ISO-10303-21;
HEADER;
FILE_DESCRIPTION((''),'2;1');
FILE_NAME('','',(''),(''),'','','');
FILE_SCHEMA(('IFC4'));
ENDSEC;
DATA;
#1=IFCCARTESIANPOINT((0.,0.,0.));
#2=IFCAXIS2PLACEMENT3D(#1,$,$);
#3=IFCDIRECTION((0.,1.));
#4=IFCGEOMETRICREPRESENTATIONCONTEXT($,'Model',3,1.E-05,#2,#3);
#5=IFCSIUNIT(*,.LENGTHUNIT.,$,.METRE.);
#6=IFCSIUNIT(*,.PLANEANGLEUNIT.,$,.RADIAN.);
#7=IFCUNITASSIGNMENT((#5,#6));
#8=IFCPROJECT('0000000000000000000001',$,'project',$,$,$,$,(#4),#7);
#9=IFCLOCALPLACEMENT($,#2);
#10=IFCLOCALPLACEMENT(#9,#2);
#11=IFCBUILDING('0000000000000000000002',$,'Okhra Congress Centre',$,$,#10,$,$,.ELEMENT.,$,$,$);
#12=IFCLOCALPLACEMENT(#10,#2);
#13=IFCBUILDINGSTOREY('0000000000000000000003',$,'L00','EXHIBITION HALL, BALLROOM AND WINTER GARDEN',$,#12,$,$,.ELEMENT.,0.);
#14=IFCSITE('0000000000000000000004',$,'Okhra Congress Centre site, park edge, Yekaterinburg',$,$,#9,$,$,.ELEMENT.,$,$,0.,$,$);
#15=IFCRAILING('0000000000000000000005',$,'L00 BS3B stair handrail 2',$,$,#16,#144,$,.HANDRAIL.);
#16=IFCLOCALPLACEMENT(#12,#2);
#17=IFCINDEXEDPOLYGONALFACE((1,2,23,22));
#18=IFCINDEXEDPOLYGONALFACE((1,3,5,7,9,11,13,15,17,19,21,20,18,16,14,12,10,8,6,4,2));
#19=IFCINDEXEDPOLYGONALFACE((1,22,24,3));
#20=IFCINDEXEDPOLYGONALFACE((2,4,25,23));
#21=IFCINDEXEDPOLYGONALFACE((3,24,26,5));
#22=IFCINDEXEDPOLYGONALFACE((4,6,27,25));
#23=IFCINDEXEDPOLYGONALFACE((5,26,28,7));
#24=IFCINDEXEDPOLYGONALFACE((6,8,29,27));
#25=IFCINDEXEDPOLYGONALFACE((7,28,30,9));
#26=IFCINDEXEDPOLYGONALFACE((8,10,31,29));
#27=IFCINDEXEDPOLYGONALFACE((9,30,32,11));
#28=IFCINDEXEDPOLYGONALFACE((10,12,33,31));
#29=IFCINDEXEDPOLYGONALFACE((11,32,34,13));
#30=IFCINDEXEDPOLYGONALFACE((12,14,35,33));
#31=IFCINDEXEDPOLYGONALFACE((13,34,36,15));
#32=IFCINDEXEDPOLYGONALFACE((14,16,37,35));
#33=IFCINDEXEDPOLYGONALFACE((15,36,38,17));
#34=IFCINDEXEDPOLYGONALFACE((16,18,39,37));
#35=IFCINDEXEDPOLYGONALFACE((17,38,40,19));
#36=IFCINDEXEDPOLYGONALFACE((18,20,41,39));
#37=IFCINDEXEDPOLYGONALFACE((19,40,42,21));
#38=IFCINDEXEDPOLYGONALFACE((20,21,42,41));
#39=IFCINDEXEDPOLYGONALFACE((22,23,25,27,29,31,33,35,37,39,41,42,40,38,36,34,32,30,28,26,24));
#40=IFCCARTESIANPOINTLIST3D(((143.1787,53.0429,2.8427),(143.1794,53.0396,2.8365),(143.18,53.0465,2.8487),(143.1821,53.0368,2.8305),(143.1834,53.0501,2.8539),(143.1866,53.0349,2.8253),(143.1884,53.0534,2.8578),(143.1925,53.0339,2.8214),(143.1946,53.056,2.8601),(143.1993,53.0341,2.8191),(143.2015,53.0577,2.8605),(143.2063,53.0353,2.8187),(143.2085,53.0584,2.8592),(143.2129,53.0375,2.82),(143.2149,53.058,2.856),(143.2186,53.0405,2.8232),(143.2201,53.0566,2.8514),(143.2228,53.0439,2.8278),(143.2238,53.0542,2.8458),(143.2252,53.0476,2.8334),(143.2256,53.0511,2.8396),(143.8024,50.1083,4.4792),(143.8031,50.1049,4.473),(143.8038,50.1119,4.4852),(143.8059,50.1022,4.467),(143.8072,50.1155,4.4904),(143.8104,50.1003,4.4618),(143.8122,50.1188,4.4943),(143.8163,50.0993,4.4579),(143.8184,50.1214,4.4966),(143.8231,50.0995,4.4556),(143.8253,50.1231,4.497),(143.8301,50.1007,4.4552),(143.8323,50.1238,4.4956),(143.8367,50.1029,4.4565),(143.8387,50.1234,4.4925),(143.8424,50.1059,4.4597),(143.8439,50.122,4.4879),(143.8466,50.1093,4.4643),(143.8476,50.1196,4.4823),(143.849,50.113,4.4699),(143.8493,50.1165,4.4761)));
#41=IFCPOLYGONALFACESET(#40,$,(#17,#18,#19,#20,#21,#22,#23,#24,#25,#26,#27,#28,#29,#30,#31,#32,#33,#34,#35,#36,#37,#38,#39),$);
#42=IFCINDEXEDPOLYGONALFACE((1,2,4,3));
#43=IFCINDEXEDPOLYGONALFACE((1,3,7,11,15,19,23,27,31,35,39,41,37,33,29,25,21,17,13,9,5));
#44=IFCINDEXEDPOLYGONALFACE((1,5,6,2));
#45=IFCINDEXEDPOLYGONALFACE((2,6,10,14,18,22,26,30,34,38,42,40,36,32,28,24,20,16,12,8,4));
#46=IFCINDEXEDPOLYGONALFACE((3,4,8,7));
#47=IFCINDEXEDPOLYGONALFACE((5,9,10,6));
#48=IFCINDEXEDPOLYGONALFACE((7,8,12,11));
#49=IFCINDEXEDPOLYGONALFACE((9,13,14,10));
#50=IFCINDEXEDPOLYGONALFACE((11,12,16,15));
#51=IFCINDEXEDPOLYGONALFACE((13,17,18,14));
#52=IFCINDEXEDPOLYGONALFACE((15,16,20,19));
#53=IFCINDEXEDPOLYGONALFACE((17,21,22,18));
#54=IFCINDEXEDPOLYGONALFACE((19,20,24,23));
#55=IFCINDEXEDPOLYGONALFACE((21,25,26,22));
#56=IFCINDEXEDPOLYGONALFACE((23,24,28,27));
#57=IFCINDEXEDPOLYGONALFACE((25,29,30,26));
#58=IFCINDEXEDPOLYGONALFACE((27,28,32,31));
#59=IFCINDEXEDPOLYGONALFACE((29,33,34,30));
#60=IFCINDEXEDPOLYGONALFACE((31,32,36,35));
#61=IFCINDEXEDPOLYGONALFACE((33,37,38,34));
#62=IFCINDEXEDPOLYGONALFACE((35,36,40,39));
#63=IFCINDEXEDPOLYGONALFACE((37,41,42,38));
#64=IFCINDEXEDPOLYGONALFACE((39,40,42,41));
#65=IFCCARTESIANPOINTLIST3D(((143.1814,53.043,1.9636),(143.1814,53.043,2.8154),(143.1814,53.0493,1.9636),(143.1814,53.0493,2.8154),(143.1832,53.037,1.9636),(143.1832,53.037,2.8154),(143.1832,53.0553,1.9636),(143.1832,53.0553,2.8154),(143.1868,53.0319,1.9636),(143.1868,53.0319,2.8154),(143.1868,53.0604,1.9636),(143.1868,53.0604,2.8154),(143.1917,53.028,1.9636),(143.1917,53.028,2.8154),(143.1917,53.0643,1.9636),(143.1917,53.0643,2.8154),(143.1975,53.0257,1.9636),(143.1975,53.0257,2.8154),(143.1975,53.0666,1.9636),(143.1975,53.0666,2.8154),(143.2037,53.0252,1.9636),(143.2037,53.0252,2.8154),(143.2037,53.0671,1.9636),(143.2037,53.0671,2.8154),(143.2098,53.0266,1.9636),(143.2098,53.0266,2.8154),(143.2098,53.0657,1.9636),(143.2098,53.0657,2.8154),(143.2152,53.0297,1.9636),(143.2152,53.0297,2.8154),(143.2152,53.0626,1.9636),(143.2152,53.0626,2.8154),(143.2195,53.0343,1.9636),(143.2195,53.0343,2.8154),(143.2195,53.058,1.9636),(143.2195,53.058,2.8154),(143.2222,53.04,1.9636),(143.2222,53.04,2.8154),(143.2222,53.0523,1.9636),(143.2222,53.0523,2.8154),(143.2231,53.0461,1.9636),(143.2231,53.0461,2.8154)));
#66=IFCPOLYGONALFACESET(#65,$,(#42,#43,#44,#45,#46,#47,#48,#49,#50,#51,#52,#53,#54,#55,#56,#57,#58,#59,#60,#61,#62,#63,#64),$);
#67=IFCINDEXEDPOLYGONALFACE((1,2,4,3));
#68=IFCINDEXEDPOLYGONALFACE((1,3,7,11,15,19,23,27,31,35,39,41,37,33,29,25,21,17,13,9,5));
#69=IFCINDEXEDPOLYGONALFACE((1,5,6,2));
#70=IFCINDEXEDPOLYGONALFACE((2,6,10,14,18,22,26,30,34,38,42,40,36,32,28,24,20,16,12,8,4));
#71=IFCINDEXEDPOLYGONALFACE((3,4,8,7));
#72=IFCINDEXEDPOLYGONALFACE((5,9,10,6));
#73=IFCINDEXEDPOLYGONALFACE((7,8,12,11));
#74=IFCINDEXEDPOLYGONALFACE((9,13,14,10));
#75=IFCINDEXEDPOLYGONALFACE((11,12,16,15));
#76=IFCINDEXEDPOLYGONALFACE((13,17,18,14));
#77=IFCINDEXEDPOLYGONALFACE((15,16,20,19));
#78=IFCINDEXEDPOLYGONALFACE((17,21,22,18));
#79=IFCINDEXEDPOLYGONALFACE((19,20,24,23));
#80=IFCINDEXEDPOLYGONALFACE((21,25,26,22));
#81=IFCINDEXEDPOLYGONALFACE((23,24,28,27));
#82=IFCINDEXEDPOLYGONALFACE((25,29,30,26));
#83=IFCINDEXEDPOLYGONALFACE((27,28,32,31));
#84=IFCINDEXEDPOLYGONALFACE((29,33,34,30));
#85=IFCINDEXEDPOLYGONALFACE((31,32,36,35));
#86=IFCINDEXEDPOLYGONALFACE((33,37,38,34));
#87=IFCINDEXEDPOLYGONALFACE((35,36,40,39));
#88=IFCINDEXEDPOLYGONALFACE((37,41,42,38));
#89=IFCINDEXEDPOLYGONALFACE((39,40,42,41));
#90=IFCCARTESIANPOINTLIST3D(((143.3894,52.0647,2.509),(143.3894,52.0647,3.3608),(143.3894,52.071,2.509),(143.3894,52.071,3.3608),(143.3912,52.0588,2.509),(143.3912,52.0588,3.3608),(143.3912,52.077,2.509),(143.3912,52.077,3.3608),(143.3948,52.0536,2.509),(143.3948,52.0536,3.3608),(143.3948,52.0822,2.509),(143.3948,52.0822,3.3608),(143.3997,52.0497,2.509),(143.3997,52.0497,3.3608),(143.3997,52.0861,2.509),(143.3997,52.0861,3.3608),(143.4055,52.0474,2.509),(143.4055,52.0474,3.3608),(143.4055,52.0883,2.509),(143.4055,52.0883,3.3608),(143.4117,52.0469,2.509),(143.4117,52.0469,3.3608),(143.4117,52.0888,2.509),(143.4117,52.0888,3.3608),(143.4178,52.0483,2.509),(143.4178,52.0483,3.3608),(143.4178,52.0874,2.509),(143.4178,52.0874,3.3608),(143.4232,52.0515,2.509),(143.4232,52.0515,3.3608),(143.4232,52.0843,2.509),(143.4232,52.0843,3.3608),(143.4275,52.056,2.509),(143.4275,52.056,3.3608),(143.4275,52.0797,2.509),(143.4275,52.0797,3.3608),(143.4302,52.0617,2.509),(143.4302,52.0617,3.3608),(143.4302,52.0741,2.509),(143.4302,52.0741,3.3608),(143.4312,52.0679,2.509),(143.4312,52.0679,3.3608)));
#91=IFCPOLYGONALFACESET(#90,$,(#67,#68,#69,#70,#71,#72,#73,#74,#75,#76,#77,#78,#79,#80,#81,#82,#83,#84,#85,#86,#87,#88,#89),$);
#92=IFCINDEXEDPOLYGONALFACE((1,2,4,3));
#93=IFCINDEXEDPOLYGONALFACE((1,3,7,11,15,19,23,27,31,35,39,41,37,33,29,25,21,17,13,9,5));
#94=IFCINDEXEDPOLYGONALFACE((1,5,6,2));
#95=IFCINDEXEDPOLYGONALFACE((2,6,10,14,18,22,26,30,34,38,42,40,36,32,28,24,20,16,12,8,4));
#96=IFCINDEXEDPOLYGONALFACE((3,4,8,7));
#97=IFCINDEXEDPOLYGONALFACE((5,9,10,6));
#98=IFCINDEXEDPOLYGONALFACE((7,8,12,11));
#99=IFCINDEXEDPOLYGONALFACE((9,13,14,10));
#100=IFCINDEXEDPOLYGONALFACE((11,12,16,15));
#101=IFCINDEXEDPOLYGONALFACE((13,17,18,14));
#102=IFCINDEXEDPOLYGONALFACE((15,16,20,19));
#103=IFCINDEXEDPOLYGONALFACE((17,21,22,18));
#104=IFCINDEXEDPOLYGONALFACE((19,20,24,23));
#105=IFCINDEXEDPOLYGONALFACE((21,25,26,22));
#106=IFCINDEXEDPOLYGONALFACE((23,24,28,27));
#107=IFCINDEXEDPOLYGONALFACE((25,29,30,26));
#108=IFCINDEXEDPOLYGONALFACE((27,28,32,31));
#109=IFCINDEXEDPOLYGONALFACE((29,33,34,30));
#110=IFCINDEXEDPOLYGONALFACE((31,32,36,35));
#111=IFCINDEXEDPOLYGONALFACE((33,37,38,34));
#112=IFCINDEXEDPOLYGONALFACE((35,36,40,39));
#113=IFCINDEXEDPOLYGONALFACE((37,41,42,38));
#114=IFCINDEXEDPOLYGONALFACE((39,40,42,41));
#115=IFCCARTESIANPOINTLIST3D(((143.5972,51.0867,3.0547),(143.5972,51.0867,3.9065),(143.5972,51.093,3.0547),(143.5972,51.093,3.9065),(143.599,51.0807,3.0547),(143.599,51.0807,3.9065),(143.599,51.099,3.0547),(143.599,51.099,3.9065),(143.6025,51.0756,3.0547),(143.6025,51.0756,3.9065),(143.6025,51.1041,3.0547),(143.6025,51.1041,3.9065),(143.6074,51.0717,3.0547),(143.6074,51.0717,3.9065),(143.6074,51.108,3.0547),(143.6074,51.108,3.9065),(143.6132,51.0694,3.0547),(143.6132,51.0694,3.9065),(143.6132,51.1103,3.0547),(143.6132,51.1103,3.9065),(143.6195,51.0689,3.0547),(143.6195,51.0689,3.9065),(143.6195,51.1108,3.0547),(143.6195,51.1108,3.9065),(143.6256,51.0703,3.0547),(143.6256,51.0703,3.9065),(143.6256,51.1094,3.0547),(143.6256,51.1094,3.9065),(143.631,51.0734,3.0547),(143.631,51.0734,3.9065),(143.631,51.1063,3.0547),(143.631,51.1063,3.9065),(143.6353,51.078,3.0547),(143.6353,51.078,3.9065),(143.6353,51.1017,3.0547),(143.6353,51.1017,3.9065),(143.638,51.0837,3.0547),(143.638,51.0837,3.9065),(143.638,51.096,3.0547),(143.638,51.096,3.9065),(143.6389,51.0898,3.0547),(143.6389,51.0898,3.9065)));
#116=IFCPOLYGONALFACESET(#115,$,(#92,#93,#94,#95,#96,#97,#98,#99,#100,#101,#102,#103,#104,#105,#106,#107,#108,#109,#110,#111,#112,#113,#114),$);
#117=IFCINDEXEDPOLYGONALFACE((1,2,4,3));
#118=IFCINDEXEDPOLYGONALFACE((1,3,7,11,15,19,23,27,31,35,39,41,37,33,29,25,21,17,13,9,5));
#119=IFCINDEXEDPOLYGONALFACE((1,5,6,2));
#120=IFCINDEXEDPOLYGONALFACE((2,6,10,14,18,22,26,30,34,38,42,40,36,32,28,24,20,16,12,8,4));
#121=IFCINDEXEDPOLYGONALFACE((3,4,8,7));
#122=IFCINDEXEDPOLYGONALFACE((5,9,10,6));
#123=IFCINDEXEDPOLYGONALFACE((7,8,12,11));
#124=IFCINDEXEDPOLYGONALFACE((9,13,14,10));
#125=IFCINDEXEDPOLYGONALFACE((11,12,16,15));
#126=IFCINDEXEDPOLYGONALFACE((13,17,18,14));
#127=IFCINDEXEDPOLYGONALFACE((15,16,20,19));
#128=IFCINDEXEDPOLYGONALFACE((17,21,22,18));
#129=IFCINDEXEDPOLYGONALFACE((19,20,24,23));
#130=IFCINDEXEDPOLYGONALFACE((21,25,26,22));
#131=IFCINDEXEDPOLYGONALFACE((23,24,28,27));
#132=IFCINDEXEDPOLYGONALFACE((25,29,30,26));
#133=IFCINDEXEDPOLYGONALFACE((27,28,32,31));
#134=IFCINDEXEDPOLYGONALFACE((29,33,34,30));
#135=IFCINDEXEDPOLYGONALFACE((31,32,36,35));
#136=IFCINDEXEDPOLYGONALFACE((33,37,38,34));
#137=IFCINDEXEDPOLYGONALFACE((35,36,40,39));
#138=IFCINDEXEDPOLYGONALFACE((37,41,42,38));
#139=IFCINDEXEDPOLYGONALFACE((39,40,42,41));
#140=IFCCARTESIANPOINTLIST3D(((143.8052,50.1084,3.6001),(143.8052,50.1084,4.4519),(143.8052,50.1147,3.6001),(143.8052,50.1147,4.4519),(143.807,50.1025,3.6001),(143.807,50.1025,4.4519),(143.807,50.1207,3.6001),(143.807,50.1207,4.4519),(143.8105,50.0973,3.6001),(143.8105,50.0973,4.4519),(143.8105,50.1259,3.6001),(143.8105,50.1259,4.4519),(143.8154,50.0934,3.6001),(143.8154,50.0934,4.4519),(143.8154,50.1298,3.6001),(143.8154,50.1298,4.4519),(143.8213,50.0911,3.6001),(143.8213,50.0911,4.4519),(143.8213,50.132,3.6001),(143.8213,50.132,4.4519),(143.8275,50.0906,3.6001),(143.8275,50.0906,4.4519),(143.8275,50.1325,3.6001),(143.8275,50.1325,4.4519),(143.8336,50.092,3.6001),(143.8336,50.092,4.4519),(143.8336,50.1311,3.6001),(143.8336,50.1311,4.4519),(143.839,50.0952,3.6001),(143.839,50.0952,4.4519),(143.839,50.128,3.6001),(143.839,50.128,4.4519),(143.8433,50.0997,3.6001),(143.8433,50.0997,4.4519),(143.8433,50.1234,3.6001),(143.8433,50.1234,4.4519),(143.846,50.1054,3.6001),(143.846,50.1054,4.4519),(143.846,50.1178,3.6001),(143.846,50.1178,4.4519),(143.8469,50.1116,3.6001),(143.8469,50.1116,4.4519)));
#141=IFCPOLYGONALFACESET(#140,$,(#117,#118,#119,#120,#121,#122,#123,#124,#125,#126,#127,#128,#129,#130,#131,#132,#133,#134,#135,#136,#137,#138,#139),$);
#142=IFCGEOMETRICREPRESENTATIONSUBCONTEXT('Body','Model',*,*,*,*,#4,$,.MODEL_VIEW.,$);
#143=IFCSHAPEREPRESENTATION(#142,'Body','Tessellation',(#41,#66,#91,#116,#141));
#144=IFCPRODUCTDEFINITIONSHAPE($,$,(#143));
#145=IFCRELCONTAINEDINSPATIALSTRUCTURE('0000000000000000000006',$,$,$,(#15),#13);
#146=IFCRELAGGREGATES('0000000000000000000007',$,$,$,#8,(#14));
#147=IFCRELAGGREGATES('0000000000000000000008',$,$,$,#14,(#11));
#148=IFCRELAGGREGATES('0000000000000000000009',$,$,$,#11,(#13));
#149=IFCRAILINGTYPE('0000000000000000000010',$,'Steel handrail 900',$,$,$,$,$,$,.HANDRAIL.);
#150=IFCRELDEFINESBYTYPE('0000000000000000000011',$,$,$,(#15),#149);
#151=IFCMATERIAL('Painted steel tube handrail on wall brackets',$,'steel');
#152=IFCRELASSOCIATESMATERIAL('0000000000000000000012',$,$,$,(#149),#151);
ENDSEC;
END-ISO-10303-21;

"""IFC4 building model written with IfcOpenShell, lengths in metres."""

from ifc_helpers import new_model, si_unit, direction, frame, origin, origin_2d, place, context, subcontext, project, spatial, circle, extrude, material, type_object, element, save


model = new_model("IFC4")

# Units and contexts
model_context = context("Model", 3, precision=1e-05, world=origin(), true_north=direction((0.0, 1.0)))
body_context = subcontext(model_context, "Body", "Model", "MODEL_VIEW")
ifc_project = project(units=[si_unit("LENGTHUNIT", "METRE"), si_unit("PLANEANGLEUNIT", "RADIAN")], contexts=[model_context])

# Site, building, storey
site_placement = place(None, origin())
site = spatial("IfcSite", under=ifc_project, at=site_placement, Name="Okhra Congress Centre site, park edge, Yekaterinburg", CompositionType="ELEMENT", RefElevation=0.0)
building_placement = place(site_placement, origin())
building = spatial("IfcBuilding", under=site, at=building_placement, Name="Okhra Congress Centre", CompositionType="ELEMENT")
storey_placement = place(building_placement, origin())
storey = spatial("IfcBuildingStorey", under=building, at=storey_placement, Name="L00", Description="EXHIBITION HALL, BALLROOM AND WINTER GARDEN", CompositionType="ELEMENT", Elevation=0.0)

# Railing
ifc_material_1 = material(Name="Painted steel tube handrail on wall brackets", Category="steel")
railing_type_1 = type_object("IfcRailingType", Name="Steel handrail 900", PredefinedType="HANDRAIL", material=ifc_material_1)
railing_1_placement = place(storey_placement, frame((143.2021, 53.0461, 1.9636)))
element("IfcRailing", 1, at=railing_1_placement, inside=storey, type_object=railing_type_1, Name="L00 BS3B stair handrail 2", PredefinedType="HANDRAIL", context=body_context, shape_type="SweptSolid", body=[
    extrude(circle(Radius=0.0239, at=origin_2d()), frame((0.0, 0.0, 0.876), z_axis=(0.182529, -0.858706, 0.478861), x_axis=(0.978146, 0.207917, 0.0)), (0.0, 0.0, 1.0), 3.4175),
    extrude(circle(Radius=0.021, at=origin_2d()), origin(), (0.0, 0.0, 1.0), 0.8518),
    extrude(circle(Radius=0.021, at=origin_2d()), frame((0.208, -0.9783, 0.5454)), (0.0, 0.0, 1.0), 0.8518),
    extrude(circle(Radius=0.021, at=origin_2d()), frame((0.4158, -1.9563, 1.0911)), (0.0, 0.0, 1.0), 0.8518),
    extrude(circle(Radius=0.021, at=origin_2d()), frame((0.6238, -2.9346, 1.6365)), (0.0, 0.0, 1.0), 0.8518),
])

save(model, "model.ifc")
